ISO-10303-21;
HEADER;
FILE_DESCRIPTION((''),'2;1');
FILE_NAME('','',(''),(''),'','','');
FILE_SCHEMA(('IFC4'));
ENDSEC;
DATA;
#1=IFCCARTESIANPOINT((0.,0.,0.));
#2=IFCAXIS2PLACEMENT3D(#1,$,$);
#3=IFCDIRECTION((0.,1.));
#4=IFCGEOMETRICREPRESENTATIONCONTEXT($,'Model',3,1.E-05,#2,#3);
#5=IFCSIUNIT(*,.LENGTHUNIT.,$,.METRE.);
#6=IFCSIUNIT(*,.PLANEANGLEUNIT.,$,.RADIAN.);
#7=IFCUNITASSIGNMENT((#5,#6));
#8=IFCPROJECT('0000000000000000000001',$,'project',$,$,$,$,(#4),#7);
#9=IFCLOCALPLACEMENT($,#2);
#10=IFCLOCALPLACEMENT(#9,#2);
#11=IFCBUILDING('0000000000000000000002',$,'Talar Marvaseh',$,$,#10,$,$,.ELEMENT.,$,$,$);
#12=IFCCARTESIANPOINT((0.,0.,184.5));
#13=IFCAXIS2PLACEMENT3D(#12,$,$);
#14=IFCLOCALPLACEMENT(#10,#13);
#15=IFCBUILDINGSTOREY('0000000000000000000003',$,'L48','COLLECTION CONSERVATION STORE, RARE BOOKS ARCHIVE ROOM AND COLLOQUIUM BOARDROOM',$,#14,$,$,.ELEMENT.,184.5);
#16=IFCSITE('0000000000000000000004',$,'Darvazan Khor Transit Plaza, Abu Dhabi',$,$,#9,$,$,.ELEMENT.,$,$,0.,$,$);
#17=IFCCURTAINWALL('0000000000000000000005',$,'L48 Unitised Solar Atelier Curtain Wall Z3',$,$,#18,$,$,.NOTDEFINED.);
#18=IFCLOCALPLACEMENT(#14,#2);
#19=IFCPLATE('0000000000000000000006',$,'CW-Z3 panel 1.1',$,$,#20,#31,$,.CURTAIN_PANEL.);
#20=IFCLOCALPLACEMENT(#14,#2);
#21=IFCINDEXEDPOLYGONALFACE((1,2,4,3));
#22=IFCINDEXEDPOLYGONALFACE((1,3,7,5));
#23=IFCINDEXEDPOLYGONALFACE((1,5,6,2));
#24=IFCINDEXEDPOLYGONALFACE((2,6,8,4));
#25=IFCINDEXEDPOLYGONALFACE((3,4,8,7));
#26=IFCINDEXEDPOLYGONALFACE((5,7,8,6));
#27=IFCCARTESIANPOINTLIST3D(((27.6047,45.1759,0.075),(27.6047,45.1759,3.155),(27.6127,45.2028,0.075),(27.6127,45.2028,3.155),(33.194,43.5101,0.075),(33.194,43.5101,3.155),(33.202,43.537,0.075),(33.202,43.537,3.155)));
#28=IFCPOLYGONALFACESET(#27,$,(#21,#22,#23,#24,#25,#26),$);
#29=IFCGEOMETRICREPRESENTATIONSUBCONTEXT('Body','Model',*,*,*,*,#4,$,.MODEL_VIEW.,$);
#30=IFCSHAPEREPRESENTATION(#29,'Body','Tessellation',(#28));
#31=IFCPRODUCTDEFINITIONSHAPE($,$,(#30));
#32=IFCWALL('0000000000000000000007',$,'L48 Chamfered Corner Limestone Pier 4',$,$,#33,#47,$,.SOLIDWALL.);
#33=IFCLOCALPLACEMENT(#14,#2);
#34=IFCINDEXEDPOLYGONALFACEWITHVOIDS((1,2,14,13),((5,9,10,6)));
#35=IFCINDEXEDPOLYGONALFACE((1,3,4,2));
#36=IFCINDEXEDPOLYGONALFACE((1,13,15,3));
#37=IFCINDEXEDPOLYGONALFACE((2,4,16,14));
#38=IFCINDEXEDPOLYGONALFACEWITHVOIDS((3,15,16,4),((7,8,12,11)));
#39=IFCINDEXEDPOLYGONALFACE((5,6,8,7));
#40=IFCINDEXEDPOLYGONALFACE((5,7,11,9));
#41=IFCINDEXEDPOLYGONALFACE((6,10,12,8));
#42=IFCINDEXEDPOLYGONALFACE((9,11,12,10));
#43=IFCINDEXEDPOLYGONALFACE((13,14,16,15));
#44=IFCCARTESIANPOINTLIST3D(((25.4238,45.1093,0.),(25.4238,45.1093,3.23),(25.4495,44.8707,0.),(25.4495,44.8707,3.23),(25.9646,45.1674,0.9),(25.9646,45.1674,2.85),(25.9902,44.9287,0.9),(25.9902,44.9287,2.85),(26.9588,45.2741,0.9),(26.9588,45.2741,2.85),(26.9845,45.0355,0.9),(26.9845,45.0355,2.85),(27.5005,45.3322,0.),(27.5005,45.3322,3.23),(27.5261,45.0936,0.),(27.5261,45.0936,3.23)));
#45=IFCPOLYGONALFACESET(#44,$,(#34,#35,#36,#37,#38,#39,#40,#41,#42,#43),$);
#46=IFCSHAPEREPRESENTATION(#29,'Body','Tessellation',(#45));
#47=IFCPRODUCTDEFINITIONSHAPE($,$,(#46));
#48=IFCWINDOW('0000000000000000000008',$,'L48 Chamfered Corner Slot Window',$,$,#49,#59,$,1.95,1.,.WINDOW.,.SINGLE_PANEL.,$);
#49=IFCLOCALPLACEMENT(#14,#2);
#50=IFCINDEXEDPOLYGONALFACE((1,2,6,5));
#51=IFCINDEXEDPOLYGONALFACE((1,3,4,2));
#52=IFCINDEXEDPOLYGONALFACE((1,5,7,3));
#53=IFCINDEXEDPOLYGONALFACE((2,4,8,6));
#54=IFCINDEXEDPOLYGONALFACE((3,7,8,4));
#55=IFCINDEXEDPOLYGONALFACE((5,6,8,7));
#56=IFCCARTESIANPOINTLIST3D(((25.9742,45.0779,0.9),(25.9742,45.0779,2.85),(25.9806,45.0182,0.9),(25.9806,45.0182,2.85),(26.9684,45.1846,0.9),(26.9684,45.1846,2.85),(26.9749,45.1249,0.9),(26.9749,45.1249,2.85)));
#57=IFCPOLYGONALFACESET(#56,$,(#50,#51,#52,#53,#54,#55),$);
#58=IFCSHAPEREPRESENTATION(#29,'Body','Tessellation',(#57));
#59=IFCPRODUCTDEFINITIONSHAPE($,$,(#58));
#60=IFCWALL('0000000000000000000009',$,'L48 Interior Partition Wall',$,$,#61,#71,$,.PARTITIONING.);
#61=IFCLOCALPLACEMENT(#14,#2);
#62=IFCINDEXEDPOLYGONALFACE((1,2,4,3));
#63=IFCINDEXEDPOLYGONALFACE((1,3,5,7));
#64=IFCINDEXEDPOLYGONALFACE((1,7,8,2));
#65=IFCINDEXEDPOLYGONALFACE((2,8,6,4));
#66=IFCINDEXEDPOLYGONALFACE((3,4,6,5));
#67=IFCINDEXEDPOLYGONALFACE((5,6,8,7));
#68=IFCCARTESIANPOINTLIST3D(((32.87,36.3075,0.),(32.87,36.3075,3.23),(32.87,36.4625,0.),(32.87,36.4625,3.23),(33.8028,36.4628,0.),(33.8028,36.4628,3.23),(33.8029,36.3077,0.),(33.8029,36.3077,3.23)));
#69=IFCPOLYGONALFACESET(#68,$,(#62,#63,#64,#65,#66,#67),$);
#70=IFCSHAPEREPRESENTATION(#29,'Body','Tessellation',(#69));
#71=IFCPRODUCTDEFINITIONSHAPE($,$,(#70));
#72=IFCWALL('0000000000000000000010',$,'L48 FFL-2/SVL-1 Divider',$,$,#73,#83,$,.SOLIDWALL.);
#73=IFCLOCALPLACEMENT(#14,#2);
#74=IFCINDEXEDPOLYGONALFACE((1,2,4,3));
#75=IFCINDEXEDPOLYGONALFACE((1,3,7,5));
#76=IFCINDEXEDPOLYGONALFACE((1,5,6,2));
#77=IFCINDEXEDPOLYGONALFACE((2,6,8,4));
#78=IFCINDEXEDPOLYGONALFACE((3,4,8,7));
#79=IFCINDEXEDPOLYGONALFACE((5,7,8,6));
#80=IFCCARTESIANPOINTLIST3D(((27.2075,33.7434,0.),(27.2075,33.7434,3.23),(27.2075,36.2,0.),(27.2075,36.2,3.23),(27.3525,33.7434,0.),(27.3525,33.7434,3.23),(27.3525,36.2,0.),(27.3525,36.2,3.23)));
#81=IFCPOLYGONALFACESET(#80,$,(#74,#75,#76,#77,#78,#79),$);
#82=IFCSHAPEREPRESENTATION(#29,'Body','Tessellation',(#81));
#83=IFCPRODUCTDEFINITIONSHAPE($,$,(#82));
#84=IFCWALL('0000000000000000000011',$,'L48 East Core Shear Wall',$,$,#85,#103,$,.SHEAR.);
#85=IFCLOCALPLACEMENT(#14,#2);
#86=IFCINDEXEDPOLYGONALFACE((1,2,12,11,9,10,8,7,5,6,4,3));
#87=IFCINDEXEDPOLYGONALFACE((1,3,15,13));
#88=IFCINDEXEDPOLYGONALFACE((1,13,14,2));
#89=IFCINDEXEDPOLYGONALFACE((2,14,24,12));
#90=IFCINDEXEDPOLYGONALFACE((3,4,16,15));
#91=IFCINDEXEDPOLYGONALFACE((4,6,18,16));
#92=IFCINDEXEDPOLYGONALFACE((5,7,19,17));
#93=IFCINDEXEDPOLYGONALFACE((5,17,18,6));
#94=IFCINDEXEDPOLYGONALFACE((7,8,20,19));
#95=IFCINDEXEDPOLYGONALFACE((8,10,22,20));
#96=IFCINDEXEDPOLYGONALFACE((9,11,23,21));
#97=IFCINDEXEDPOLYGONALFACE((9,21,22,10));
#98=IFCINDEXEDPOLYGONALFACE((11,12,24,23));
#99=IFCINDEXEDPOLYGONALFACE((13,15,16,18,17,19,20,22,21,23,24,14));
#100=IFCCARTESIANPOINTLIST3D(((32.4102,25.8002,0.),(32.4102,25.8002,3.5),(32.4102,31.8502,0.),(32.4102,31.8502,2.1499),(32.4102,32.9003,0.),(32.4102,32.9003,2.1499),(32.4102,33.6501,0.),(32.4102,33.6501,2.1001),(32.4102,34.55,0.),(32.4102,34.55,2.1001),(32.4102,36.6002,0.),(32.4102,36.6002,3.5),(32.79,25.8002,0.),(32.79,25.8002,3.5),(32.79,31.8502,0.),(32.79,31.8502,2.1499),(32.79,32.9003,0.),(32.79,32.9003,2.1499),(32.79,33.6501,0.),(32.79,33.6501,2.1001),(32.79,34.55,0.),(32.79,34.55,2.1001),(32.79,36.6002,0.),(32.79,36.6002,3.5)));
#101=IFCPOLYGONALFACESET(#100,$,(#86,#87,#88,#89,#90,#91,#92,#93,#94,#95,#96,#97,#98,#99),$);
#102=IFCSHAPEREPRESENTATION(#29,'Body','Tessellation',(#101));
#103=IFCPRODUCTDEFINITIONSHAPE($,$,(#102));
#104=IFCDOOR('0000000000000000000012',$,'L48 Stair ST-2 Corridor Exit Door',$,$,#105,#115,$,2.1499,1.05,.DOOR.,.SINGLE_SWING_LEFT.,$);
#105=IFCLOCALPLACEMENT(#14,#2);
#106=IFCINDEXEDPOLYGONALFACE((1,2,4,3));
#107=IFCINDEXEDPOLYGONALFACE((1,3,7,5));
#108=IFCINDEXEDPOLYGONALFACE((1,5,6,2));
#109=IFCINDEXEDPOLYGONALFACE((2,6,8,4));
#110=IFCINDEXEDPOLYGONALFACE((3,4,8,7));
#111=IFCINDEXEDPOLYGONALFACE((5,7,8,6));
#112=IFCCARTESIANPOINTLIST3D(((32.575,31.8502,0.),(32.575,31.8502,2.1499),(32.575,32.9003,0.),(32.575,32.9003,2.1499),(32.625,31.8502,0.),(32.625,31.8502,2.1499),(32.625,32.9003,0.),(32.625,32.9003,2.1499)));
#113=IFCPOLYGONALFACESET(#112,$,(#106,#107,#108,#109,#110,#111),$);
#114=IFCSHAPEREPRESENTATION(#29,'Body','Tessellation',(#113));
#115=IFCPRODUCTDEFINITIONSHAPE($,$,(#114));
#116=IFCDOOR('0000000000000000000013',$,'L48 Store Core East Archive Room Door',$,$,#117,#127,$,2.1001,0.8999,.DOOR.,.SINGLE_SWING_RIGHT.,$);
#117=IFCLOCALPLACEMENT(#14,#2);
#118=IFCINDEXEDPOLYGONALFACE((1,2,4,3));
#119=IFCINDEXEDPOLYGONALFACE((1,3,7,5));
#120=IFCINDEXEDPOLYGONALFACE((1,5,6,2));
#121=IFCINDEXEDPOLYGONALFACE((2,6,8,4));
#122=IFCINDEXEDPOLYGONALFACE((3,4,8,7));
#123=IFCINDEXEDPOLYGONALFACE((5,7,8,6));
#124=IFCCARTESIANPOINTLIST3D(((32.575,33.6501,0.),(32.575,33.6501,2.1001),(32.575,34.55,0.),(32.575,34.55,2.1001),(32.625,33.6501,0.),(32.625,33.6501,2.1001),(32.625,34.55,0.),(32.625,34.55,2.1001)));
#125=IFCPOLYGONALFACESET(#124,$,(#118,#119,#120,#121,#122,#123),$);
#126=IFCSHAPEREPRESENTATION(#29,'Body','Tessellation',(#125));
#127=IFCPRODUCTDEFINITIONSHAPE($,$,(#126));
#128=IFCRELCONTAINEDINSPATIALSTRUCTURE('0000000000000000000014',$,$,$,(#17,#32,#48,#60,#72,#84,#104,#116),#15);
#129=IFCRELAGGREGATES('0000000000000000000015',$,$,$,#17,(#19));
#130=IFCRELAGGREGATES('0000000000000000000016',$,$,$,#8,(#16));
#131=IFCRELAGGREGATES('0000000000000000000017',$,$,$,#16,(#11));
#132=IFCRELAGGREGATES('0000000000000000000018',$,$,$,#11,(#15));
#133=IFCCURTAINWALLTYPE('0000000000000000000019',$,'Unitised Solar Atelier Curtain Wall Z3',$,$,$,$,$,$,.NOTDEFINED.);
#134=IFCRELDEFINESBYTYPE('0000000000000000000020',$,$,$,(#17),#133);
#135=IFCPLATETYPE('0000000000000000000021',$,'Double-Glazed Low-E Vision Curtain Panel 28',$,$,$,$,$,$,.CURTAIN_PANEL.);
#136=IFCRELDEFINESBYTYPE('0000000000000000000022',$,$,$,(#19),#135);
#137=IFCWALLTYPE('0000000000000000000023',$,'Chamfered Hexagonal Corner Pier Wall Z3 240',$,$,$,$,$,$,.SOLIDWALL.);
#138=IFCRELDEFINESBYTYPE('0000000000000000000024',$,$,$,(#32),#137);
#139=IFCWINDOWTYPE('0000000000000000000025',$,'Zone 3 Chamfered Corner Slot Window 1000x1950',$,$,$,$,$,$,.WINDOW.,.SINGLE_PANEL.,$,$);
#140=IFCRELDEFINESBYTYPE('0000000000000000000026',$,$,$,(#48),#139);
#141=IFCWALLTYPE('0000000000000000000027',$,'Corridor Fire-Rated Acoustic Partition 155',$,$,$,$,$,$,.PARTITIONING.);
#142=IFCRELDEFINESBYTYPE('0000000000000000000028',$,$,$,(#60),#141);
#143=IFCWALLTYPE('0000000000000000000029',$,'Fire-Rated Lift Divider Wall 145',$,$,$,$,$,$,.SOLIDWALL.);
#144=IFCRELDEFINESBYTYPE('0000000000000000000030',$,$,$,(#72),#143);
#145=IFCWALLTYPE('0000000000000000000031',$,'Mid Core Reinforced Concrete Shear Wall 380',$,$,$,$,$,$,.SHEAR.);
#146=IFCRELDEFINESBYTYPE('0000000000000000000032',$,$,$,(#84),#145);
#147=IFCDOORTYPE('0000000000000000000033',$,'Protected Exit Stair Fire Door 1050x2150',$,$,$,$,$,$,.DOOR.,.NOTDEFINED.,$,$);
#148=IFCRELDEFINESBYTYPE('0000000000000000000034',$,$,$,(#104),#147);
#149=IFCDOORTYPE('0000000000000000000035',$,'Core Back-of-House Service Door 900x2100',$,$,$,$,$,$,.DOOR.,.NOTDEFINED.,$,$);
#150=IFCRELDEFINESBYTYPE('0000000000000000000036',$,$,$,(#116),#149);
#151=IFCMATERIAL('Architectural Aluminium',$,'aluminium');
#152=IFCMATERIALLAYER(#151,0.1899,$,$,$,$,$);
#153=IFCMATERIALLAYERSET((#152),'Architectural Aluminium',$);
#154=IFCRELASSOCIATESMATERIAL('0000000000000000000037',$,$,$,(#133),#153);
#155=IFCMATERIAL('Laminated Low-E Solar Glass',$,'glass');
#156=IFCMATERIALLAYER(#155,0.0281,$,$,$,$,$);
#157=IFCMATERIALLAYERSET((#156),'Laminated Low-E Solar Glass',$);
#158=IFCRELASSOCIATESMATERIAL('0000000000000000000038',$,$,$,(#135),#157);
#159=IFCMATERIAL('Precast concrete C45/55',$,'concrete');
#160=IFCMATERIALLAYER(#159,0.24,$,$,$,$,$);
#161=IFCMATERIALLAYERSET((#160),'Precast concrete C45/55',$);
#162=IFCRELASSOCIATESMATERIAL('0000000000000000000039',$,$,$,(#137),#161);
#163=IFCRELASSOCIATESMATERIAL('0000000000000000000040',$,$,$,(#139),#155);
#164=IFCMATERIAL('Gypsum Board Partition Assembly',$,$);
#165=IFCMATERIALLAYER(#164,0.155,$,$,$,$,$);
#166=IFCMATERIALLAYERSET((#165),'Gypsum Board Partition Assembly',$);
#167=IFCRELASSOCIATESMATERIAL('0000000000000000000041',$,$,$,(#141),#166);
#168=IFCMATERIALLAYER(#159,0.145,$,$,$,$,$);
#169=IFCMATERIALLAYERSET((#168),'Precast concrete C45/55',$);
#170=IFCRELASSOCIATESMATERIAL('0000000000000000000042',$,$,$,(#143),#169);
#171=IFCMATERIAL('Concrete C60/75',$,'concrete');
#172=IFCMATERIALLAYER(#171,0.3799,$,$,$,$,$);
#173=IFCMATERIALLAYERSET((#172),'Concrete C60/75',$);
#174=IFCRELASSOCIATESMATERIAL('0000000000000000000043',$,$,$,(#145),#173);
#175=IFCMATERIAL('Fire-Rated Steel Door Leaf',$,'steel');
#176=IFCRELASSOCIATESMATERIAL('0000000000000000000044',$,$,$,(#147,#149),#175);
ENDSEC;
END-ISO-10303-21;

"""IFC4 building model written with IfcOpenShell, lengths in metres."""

from ifc_helpers import new_model, si_unit, direction, frame, frame_2d, origin, origin_2d, place, context, subcontext, project, spatial, rectangle, extrude, source, transform, mapped, material, layer, layer_set, type_object, type_shapes, element, fill, aggregate, save


model = new_model("IFC4")

# Units and contexts
model_context = context("Model", 3, precision=1e-05, world=origin(), true_north=direction((0.0, 1.0)))
body_context = subcontext(model_context, "Body", "Model", "MODEL_VIEW")
ifc_project = project(units=[si_unit("LENGTHUNIT", "METRE"), si_unit("PLANEANGLEUNIT", "RADIAN")], contexts=[model_context])

# Site, building, storey
site_placement = place(None, origin())
site = spatial("IfcSite", under=ifc_project, at=site_placement, Name="Darvazan Khor Transit Plaza, Abu Dhabi", CompositionType="ELEMENT", RefElevation=0.0)
building_placement = place(site_placement, origin())
building = spatial("IfcBuilding", under=site, at=building_placement, Name="Talar Marvaseh", CompositionType="ELEMENT")
storey_placement = place(building_placement, frame((0.0, 0.0, 184.5)))
storey = spatial("IfcBuildingStorey", under=building, at=storey_placement, Name="L48", Description="COLLECTION CONSERVATION STORE, RARE BOOKS ARCHIVE ROOM AND COLLOQUIUM BOARDROOM", CompositionType="ELEMENT", Elevation=184.5)

# Shared definitions
ifc_material_1 = material(Name="Concrete C60/75", Category="concrete")

# Shared definitions
ifc_material_2 = material(Name="Architectural Aluminium", Category="aluminium")
ifc_layer_1 = layer(ifc_material_2, 0.1899)
ifc_layer_set_1 = layer_set([ifc_layer_1], Name="Architectural Aluminium")
curtain_wall_type = type_object("IfcCurtainWallType", Name="Unitised Solar Atelier Curtain Wall Z3", PredefinedType="NOTDEFINED", material=ifc_layer_set_1)

# Curtain wall
curtain_wall_1_placement = place(storey_placement, origin())
curtain_wall_1 = element("IfcCurtainWall", 1, at=curtain_wall_1_placement, inside=storey, type_object=curtain_wall_type, Name="L48 Unitised Solar Atelier Curtain Wall Z3", PredefinedType="NOTDEFINED")

# Plate
ifc_material_3 = material(Name="Laminated Low-E Solar Glass", Category="glass")
ifc_layer_2 = layer(ifc_material_3, 0.0281)
ifc_layer_set_2 = layer_set([ifc_layer_2], Name="Laminated Low-E Solar Glass")
plate_type = type_object("IfcPlateType", Name="Double-Glazed Low-E Vision Curtain Panel 28", PredefinedType="CURTAIN_PANEL", material=ifc_layer_set_2)
shared_shape_1 = source(origin(), body_context, "Body", "SweptSolid", [
    extrude(rectangle(XDim=5.8323, YDim=0.0281, at=origin_2d()), origin(), (0.0, 0.0, 1.0), 3.0801),
])
plate_1_placement = place(storey_placement, frame((30.4033, 44.3564, 0.075), z_axis=(0.0, 0.0, 1.0), x_axis=(0.95834, -0.28563, 0.0)))
plate_1 = element("IfcPlate", 2, at=plate_1_placement, type_object=plate_type, Name="CW-Z3 panel 1.1", PredefinedType="CURTAIN_PANEL", context=body_context, shape_type="MappedRepresentation", body=[
    mapped(shared_shape_1, transform((0.0, 0.0, 0.0), x_axis=(1.0, 0.0, 0.0), y_axis=(0.0, 1.0, 0.0), z_axis=(0.0, 0.0, 1.0), scale=1.0)),
])
aggregate(curtain_wall_1, [plate_1])

# Wall, opening, window
ifc_material_4 = material(Name="Precast concrete C45/55", Category="concrete")
ifc_layer_3 = layer(ifc_material_4, 0.24)
ifc_layer_set_3 = layer_set([ifc_layer_3], Name="Precast concrete C45/55")
wall_type_1 = type_object("IfcWallType", Name="Chamfered Hexagonal Corner Pier Wall Z3 240", PredefinedType="SOLIDWALL", material=ifc_layer_set_3)
wall_1_placement = place(storey_placement, frame((25.4365, 44.99, 0.0), z_axis=(0.0, 0.0, 1.0), x_axis=(0.994289, 0.106723, 0.0)))
wall_1 = element("IfcWall", 3, at=wall_1_placement, inside=storey, type_object=wall_type_1, Name="L48 Chamfered Corner Limestone Pier 4", PredefinedType="SOLIDWALL", context=body_context, shape_type="SweptSolid", body=[
    extrude(rectangle(XDim=2.0886, YDim=0.24, at=frame_2d((1.0444, 0.0))), origin(), (0.0, 0.0, 1.0), 3.23),
])
opening_1_placement = place(wall_1_placement, frame((0.5439, 0.0, 0.8999)))
opening_1 = element("IfcOpeningElement", 4, at=opening_1_placement, cuts=wall_1, PredefinedType="OPENING", context=body_context, shape_type="SweptSolid", body=[
    extrude(rectangle(XDim=1.0, YDim=1.95, at=frame_2d((0.5, 0.9751))), frame((0.0, 0.1299, 0.0), z_axis=(0.0, -1.0, 0.0), x_axis=(1.0, 0.0, 0.0)), (0.0, 0.0, 1.0), 0.26),
])
window_type = type_object("IfcWindowType", Name="Zone 3 Chamfered Corner Slot Window 1000x1950", PartitioningType="SINGLE_PANEL", PredefinedType="WINDOW", material=ifc_material_3)
shared_shape_2 = source(origin(), body_context, "Body", "SweptSolid", [
    extrude(rectangle(XDim=1.0, YDim=1.95, at=frame_2d((0.5, 0.9751))), frame((0.0, 0.03, 0.0), z_axis=(0.0, -1.0, 0.0), x_axis=(1.0, 0.0, 0.0)), (0.0, 0.0, 1.0), 0.0601),
])
type_shapes(window_type, [shared_shape_2])
window_placement = place(opening_1_placement, origin())
window = element("IfcWindow", 5, at=window_placement, inside=storey, type_object=window_type, Name="L48 Chamfered Corner Slot Window", OverallHeight=1.95, OverallWidth=1.0, PartitioningType="SINGLE_PANEL", PredefinedType="WINDOW", context=body_context, shape_type="MappedRepresentation", body=[
    mapped(shared_shape_2, transform((0.0, 0.0, 0.0), x_axis=(1.0, 0.0, 0.0), y_axis=(0.0, 1.0, 0.0), z_axis=(0.0, 0.0, 1.0), scale=1.0)),
])
fill(opening_1, window)

# Walls
ifc_material_5 = material(Name="Gypsum Board Partition Assembly")
ifc_layer_4 = layer(ifc_material_5, 0.155)
ifc_layer_set_4 = layer_set([ifc_layer_4], Name="Gypsum Board Partition Assembly")
wall_type_2 = type_object("IfcWallType", Name="Corridor Fire-Rated Acoustic Partition 155", PredefinedType="PARTITIONING", material=ifc_layer_set_4)
wall_2_placement = place(storey_placement, frame((32.8701, 36.385, 0.0), z_axis=(0.0, 0.0, 1.0), x_axis=(1.0, 0.000262, 0.0)))
element("IfcWall", 6, at=wall_2_placement, inside=storey, type_object=wall_type_2, Name="L48 Interior Partition Wall", PredefinedType="PARTITIONING", context=body_context, shape_type="SweptSolid", body=[
    extrude(rectangle(XDim=0.9329, YDim=0.155, at=frame_2d((0.4663, 0.0))), origin(), (0.0, 0.0, 1.0), 3.23),
])
ifc_layer_5 = layer(ifc_material_4, 0.145)
ifc_layer_set_5 = layer_set([ifc_layer_5], Name="Precast concrete C45/55")
wall_type_3 = type_object("IfcWallType", Name="Fire-Rated Lift Divider Wall 145", PredefinedType="SOLIDWALL", material=ifc_layer_set_5)
wall_3_placement = place(storey_placement, frame((27.28, 33.7434, 0.0), z_axis=(0.0, 0.0, 1.0), x_axis=(0.0, 1.0, 0.0)))
element("IfcWall", 7, at=wall_3_placement, inside=storey, type_object=wall_type_3, Name="L48 FFL-2/SVL-1 Divider", PredefinedType="SOLIDWALL", context=body_context, shape_type="SweptSolid", body=[
    extrude(rectangle(XDim=2.4565, YDim=0.145, at=frame_2d((1.2283, 0.0))), origin(), (0.0, 0.0, 1.0), 3.23),
])

# Wall, openings, doors
ifc_layer_6 = layer(ifc_material_1, 0.3799)
ifc_layer_set_6 = layer_set([ifc_layer_6], Name="Concrete C60/75")
wall_type_4 = type_object("IfcWallType", Name="Mid Core Reinforced Concrete Shear Wall 380", PredefinedType="SHEAR", material=ifc_layer_set_6)
wall_4_placement = place(storey_placement, frame((32.6001, 36.6001, 0.0), z_axis=(0.0, 0.0, 1.0), x_axis=(0.0, -1.0, 0.0)))
wall_4 = element("IfcWall", 8, at=wall_4_placement, inside=storey, type_object=wall_type_4, Name="L48 East Core Shear Wall", PredefinedType="SHEAR", context=body_context, shape_type="SweptSolid", body=[
    extrude(rectangle(XDim=10.8, YDim=0.3799, at=frame_2d((5.3999, 0.0))), origin(), (0.0, 0.0, 1.0), 3.5),
])
opening_2_placement = place(wall_4_placement, frame((3.7, 0.0, 0.0)))
opening_2 = element("IfcOpeningElement", 9, at=opening_2_placement, cuts=wall_4, PredefinedType="OPENING", context=body_context, shape_type="SweptSolid", body=[
    extrude(rectangle(XDim=1.05, YDim=2.1499, at=frame_2d((0.5249, 1.075))), frame((0.0, 0.2, 0.0), z_axis=(0.0, -1.0, 0.0), x_axis=(1.0, 0.0, 0.0)), (0.0, 0.0, 1.0), 0.3999),
])
opening_3_placement = place(wall_4_placement, frame((2.05, 0.0, 0.0)))
opening_3 = element("IfcOpeningElement", 10, at=opening_3_placement, cuts=wall_4, PredefinedType="OPENING", context=body_context, shape_type="SweptSolid", body=[
    extrude(rectangle(XDim=0.8999, YDim=2.1001, at=frame_2d((0.45, 1.05))), frame((0.0, 0.2, 0.0), z_axis=(0.0, -1.0, 0.0), x_axis=(1.0, 0.0, 0.0)), (0.0, 0.0, 1.0), 0.3999),
])
ifc_material_6 = material(Name="Fire-Rated Steel Door Leaf", Category="steel")
door_type_1 = type_object("IfcDoorType", Name="Protected Exit Stair Fire Door 1050x2150", OperationType="NOTDEFINED", PredefinedType="DOOR", material=ifc_material_6)
shared_shape_3 = source(origin(), body_context, "Body", "SweptSolid", [
    extrude(rectangle(XDim=1.05, YDim=2.1499, at=frame_2d((0.5249, 1.075))), frame((0.0, 0.0249, 0.0), z_axis=(0.0, -1.0, 0.0), x_axis=(1.0, 0.0, 0.0)), (0.0, 0.0, 1.0), 0.05),
])
type_shapes(door_type_1, [shared_shape_3])
door_1_placement = place(opening_2_placement, origin())
door_1 = element("IfcDoor", 11, at=door_1_placement, inside=storey, type_object=door_type_1, Name="L48 Stair ST-2 Corridor Exit Door", OperationType="SINGLE_SWING_LEFT", OverallHeight=2.1499, OverallWidth=1.05, PredefinedType="DOOR", context=body_context, shape_type="MappedRepresentation", body=[
    mapped(shared_shape_3, transform((0.0, 0.0, 0.0), x_axis=(1.0, 0.0, 0.0), y_axis=(0.0, 1.0, 0.0), z_axis=(0.0, 0.0, 1.0), scale=1.0)),
])
fill(opening_2, door_1)
door_type_2 = type_object("IfcDoorType", Name="Core Back-of-House Service Door 900x2100", OperationType="NOTDEFINED", PredefinedType="DOOR", material=ifc_material_6)
shared_shape_4 = source(origin(), body_context, "Body", "SweptSolid", [
    extrude(rectangle(XDim=0.8999, YDim=2.1001, at=frame_2d((0.45, 1.05))), frame((0.0, 0.0249, 0.0), z_axis=(0.0, -1.0, 0.0), x_axis=(1.0, 0.0, 0.0)), (0.0, 0.0, 1.0), 0.05),
])
type_shapes(door_type_2, [shared_shape_4])
door_2_placement = place(opening_3_placement, origin())
door_2 = element("IfcDoor", 12, at=door_2_placement, inside=storey, type_object=door_type_2, Name="L48 Store Core East Archive Room Door", OperationType="SINGLE_SWING_RIGHT", OverallHeight=2.1001, OverallWidth=0.8999, PredefinedType="DOOR", context=body_context, shape_type="MappedRepresentation", body=[
    mapped(shared_shape_4, transform((0.0, 0.0, 0.0), x_axis=(1.0, 0.0, 0.0), y_axis=(0.0, 1.0, 0.0), z_axis=(0.0, 0.0, 1.0), scale=1.0)),
])
fill(opening_3, door_2)

save(model, "model.ifc")
